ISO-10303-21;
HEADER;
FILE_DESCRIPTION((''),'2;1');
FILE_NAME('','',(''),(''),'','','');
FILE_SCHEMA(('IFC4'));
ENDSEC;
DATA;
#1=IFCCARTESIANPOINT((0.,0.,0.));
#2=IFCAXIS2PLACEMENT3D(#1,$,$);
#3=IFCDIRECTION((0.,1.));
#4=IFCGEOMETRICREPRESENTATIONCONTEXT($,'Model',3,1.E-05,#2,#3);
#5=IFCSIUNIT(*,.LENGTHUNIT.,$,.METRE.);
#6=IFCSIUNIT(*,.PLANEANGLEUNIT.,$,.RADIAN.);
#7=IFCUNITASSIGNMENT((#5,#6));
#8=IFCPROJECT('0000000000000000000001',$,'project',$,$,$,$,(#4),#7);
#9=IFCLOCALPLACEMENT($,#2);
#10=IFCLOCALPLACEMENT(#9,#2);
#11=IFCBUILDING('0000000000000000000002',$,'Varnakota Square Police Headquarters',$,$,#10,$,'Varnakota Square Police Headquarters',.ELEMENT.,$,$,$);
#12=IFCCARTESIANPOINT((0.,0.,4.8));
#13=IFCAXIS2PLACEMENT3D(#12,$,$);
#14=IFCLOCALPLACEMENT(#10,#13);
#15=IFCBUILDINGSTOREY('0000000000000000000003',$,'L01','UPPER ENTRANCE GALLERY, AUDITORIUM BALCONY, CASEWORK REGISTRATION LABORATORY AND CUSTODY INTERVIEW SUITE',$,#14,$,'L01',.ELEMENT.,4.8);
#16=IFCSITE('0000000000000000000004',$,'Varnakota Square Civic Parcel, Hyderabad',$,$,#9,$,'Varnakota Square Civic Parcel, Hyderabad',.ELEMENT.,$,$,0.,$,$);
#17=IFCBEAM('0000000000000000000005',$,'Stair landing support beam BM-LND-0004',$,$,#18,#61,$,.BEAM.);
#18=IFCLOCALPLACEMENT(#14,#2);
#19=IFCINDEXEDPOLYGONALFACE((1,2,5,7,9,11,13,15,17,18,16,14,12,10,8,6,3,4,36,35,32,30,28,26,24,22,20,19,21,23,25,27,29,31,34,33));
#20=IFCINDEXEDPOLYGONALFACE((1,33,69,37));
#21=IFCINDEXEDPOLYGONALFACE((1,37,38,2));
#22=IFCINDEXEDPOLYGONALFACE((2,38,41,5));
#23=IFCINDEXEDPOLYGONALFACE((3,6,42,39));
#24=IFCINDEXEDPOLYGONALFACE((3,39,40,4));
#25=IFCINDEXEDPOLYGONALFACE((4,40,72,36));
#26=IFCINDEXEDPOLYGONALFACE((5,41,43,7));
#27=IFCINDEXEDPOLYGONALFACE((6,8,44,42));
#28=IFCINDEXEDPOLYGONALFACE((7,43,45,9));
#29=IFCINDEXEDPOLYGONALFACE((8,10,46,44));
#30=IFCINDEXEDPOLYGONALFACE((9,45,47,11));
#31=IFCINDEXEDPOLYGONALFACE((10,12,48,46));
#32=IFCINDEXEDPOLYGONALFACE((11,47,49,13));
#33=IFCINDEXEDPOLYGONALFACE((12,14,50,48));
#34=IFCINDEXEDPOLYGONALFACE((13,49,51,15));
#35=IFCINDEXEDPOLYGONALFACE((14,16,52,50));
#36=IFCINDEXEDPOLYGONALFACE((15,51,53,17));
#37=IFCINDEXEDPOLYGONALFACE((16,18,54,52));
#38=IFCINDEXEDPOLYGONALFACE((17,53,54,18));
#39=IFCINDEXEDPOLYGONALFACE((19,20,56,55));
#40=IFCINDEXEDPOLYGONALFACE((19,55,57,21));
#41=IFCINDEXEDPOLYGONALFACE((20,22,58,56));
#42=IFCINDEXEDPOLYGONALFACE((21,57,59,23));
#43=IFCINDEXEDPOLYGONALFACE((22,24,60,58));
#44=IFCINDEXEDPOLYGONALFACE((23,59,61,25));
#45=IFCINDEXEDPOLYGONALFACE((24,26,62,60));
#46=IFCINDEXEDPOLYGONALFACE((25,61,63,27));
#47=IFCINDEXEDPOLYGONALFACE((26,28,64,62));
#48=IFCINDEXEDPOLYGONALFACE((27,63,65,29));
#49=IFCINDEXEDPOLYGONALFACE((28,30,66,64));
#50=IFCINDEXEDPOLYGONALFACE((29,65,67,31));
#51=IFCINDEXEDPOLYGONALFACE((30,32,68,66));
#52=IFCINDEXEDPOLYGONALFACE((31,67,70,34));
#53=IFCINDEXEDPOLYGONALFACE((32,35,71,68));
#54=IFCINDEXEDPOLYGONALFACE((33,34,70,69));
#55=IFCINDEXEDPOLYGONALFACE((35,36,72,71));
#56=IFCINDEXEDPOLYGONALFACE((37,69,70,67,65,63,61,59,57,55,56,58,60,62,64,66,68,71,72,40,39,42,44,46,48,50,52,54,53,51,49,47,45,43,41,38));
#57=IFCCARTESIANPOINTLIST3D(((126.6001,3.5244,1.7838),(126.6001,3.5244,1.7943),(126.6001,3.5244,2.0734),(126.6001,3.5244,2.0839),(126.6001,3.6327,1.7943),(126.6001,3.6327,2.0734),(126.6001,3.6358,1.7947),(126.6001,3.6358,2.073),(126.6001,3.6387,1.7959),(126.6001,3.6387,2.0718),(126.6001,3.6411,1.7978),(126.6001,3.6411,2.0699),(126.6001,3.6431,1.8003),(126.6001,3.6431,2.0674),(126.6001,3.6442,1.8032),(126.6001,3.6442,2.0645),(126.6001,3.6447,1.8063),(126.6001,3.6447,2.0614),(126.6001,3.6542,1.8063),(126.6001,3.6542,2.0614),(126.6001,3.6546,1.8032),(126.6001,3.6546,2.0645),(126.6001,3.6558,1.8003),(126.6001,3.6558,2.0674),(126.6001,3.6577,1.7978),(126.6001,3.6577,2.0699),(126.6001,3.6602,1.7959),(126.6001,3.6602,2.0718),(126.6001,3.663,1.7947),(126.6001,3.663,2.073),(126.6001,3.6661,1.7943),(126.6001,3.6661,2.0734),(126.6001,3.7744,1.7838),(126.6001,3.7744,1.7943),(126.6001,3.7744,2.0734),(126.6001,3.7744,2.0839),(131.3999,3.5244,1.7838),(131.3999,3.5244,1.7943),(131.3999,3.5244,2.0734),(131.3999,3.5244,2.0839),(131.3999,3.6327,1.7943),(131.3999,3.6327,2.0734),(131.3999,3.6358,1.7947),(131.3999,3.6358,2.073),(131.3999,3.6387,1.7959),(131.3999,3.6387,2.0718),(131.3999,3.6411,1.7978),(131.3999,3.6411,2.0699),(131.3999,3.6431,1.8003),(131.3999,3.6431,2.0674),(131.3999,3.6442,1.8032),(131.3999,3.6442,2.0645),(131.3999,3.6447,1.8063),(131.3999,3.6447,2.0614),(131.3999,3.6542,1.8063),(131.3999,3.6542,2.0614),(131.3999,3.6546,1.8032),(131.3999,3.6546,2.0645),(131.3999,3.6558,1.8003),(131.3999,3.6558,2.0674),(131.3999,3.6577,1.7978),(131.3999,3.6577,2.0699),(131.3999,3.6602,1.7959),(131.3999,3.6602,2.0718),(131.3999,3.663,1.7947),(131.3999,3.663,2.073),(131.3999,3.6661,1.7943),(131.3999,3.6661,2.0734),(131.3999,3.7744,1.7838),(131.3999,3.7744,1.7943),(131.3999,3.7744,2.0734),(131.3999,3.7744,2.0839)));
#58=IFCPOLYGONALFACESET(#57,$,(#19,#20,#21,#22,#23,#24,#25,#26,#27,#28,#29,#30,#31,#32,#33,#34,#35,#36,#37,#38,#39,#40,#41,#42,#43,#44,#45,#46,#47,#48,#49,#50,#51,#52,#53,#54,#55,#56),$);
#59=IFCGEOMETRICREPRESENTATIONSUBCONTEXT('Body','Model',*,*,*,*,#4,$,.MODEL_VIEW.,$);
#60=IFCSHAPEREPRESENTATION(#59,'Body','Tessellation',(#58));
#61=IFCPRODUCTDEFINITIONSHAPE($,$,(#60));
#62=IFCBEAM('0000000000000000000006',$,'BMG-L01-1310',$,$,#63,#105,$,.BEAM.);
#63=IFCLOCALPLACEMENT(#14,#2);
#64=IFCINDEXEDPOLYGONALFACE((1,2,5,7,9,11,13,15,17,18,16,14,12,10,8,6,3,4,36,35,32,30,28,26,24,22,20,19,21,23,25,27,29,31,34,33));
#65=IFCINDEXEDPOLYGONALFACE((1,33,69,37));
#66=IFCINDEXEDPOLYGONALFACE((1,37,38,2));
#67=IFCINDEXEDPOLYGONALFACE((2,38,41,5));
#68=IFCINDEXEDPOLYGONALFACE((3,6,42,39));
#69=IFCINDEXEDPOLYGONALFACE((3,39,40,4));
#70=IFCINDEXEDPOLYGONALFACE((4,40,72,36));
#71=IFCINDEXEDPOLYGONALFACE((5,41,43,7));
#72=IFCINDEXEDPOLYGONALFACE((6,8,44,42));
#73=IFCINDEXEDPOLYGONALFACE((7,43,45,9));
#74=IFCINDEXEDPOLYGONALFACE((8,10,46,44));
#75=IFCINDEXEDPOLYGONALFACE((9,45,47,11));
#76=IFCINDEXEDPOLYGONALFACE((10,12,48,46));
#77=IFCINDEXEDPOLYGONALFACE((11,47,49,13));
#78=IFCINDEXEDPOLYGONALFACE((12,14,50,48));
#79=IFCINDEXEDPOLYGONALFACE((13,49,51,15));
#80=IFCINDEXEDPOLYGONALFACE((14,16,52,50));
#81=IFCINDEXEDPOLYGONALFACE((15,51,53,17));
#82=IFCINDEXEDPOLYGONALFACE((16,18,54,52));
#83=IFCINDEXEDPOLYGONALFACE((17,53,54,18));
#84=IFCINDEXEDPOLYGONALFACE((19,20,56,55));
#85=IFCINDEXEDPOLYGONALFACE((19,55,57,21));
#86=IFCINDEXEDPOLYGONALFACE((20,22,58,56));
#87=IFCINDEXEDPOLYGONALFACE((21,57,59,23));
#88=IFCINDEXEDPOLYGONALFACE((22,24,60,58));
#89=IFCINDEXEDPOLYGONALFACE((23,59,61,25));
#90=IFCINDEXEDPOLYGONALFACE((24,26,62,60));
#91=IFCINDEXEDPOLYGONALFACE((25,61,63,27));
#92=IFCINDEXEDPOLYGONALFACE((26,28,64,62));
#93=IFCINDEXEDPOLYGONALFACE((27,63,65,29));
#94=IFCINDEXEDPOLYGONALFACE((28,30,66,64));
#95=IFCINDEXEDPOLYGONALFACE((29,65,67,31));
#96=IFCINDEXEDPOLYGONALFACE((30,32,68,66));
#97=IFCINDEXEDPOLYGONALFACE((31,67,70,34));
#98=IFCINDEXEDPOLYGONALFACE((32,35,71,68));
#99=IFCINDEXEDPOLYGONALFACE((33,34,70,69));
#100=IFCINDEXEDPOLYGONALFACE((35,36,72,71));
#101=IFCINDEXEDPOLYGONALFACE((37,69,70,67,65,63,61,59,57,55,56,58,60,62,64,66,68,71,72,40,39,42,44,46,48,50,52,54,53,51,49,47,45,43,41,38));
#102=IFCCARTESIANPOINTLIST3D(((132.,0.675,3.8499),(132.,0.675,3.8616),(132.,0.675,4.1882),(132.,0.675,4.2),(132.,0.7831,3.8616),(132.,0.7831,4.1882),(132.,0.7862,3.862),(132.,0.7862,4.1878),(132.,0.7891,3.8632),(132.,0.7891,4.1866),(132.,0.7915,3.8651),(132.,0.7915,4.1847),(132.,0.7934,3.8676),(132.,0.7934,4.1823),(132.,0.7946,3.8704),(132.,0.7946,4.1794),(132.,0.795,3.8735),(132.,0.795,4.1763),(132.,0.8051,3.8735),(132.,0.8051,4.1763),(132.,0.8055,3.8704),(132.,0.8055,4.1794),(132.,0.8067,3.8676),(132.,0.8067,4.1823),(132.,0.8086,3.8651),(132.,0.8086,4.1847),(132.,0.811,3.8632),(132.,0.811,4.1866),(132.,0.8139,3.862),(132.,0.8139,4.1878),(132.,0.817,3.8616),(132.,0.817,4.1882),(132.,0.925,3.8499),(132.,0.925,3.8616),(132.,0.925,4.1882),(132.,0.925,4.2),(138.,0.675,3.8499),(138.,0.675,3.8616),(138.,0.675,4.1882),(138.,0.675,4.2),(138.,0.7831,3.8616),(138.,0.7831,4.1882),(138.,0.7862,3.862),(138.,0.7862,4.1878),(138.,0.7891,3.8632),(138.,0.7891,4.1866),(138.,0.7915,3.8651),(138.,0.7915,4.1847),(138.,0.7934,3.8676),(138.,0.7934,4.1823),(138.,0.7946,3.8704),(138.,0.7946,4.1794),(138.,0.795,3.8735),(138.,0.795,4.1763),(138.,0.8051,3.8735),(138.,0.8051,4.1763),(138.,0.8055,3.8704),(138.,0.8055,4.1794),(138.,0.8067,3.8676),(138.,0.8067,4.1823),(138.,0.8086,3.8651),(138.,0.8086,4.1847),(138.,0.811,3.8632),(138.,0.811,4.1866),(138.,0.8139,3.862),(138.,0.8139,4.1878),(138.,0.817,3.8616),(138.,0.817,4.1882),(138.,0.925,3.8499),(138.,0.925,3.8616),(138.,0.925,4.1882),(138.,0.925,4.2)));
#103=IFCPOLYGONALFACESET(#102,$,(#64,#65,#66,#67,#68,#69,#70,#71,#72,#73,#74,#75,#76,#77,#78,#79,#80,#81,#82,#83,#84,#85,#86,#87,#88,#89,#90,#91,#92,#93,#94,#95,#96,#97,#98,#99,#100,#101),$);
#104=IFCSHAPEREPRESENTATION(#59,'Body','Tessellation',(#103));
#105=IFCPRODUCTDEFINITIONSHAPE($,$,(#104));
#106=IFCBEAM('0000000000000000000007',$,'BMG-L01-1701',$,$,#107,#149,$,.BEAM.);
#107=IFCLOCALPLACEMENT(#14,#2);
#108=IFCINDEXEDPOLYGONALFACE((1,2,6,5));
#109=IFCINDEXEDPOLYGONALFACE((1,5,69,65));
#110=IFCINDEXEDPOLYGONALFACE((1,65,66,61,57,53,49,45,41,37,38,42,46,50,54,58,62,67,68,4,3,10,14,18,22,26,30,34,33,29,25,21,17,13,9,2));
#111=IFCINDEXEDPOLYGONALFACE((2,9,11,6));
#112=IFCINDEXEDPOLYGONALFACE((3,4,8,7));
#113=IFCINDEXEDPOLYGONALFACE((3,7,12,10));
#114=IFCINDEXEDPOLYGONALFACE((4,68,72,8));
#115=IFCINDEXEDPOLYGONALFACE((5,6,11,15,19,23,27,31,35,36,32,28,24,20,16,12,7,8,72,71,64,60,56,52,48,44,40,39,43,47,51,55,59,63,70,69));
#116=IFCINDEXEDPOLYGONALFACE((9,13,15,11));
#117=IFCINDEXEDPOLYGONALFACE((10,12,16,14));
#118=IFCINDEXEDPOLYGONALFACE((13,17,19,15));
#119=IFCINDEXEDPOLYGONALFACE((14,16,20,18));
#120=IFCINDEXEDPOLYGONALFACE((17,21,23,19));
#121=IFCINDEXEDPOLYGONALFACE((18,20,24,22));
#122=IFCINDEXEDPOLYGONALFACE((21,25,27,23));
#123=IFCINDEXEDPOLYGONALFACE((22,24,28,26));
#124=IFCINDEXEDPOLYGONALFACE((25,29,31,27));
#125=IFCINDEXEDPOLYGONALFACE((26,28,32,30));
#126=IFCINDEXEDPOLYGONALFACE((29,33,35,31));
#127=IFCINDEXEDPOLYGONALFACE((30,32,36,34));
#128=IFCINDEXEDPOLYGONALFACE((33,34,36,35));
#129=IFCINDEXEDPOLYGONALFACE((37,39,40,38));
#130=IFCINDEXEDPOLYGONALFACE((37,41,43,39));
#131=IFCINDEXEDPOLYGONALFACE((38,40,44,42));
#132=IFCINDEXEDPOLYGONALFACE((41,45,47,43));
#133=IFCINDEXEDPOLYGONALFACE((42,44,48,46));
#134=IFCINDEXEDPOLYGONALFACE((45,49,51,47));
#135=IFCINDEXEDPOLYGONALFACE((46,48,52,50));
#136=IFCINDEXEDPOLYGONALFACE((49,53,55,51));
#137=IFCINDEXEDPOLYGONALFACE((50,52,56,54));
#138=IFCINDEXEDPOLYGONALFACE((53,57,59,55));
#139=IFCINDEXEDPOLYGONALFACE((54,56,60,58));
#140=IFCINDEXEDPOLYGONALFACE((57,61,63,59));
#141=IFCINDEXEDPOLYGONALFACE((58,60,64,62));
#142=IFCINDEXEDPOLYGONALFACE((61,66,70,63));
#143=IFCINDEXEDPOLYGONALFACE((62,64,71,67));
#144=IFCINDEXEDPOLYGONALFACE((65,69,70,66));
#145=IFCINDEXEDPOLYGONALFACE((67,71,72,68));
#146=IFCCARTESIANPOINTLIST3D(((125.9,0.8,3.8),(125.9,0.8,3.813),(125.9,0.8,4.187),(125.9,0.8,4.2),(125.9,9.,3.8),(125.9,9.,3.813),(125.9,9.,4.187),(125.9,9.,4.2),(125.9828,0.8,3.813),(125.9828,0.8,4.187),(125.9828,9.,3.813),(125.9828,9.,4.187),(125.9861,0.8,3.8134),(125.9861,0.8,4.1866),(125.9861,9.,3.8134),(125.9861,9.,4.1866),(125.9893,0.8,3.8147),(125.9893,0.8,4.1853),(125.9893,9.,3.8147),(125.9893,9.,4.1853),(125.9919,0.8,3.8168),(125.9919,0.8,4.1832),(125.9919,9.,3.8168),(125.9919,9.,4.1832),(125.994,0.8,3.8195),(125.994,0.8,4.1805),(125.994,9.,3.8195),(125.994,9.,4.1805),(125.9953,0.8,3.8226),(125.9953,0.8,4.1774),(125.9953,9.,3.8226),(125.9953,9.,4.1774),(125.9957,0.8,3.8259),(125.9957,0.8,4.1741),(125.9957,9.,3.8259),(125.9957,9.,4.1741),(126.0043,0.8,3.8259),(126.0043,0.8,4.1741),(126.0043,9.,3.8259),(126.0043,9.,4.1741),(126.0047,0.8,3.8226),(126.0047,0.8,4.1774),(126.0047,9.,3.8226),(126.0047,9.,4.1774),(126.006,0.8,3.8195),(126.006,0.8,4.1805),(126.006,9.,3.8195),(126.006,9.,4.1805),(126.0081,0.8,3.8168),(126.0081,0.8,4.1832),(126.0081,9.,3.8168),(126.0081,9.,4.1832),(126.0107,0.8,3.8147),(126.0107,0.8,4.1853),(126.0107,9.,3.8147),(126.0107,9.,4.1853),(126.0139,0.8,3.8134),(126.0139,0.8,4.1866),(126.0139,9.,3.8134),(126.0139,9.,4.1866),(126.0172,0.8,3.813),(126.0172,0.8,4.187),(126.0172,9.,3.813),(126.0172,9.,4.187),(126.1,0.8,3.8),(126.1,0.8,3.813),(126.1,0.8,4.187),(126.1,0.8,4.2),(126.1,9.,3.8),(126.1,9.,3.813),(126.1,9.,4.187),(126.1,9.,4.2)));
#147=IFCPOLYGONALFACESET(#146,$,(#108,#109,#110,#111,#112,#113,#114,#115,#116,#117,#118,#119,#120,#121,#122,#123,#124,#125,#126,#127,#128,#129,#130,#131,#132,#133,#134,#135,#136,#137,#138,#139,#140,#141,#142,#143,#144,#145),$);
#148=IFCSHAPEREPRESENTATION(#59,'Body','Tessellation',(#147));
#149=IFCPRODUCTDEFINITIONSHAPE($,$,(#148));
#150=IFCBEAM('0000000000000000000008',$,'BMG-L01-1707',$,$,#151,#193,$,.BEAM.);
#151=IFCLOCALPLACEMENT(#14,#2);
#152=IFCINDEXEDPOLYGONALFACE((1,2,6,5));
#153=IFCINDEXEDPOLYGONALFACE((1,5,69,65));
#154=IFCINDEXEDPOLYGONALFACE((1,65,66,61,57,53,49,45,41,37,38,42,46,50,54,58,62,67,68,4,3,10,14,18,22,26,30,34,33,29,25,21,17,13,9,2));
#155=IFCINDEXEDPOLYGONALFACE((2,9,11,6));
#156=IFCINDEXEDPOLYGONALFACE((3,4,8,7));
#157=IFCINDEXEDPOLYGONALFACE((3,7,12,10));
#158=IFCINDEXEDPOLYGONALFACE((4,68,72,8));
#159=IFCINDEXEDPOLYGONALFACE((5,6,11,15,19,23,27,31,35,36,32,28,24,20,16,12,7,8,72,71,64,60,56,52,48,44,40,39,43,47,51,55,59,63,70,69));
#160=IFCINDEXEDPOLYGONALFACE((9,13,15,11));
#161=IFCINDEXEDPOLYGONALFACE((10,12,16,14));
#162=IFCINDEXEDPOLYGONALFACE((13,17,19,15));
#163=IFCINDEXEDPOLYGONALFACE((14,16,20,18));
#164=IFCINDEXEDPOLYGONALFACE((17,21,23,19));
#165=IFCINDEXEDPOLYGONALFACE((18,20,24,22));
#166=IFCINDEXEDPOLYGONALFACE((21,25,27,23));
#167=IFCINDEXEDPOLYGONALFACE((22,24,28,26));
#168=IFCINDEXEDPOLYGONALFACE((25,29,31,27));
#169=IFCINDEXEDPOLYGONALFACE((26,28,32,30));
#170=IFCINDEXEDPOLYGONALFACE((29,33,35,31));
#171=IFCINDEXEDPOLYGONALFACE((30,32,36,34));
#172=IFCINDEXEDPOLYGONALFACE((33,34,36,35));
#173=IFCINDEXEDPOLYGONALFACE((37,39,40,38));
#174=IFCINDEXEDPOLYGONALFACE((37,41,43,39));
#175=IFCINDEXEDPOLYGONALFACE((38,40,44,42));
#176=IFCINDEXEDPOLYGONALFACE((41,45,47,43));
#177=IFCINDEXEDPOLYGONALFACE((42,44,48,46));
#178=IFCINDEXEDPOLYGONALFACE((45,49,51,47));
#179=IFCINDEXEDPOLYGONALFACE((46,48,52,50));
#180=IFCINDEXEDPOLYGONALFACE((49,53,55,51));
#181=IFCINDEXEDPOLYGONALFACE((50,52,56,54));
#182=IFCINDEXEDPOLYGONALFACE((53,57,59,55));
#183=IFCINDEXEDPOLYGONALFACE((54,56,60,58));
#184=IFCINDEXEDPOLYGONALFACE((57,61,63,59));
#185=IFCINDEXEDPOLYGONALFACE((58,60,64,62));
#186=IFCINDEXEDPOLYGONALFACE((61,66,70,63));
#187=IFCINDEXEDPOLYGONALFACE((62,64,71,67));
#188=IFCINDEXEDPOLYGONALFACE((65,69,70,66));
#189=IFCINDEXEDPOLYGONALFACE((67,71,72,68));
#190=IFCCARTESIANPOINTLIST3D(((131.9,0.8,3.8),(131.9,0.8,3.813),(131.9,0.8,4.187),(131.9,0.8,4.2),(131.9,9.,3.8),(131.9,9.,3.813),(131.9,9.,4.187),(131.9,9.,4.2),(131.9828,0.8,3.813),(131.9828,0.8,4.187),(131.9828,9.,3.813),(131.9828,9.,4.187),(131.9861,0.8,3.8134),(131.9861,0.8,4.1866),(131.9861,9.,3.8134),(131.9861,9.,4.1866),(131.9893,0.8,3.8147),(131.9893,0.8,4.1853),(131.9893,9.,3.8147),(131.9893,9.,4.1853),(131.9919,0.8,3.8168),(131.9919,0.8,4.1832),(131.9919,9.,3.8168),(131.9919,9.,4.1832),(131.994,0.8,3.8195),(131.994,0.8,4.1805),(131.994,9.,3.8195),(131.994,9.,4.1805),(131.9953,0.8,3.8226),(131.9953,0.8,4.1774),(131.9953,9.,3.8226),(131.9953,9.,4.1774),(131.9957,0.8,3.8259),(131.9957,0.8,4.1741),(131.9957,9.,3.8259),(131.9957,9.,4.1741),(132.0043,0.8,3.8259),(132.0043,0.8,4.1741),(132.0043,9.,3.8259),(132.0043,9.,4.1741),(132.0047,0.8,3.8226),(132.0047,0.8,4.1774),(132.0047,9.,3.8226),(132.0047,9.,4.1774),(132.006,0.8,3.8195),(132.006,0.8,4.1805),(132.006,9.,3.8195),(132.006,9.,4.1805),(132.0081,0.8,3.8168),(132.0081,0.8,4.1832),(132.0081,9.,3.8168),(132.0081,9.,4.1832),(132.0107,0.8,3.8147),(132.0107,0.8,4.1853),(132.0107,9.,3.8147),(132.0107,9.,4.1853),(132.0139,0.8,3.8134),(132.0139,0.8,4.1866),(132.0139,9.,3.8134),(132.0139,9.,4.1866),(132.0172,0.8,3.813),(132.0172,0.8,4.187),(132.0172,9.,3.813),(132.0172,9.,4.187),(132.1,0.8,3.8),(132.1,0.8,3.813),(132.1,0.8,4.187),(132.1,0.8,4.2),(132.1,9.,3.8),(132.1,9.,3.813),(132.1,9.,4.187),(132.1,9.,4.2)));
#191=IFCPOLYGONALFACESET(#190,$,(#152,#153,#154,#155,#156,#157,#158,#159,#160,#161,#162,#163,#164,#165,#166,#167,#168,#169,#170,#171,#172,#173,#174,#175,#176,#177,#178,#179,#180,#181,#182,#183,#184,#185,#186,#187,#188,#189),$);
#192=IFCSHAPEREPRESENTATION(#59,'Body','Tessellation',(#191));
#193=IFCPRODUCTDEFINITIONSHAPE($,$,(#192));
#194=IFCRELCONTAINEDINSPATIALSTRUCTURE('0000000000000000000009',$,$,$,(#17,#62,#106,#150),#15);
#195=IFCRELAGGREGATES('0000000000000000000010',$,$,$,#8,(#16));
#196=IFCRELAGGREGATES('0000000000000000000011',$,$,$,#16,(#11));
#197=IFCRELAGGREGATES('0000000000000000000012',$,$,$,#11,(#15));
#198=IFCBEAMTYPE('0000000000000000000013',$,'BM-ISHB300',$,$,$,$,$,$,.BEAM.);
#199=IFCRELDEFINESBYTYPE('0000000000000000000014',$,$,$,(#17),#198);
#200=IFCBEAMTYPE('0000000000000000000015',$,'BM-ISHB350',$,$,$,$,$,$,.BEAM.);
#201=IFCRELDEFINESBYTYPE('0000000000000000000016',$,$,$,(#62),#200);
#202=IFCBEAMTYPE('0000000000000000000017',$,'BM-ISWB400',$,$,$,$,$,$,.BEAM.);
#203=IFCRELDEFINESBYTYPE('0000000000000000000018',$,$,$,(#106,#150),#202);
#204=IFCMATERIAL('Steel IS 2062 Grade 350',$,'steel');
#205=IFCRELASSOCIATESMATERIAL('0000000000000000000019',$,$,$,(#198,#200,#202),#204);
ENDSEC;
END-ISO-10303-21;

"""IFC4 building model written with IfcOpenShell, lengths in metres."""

from ifc_helpers import new_model, si_unit, direction, frame, origin, origin_2d, place, context, subcontext, project, spatial, i_section, extrude, material, material_profile, profile_set, type_object, element, save


model = new_model("IFC4")

# Units and contexts
model_context = context("Model", 3, precision=1e-05, world=origin(), true_north=direction((0.0, 1.0)))
body_context = subcontext(model_context, "Body", "Model", "MODEL_VIEW")
ifc_project = project(units=[si_unit("LENGTHUNIT", "METRE"), si_unit("PLANEANGLEUNIT", "RADIAN")], contexts=[model_context])

# Site, building, storey
site_placement = place(None, origin())
site = spatial("IfcSite", under=ifc_project, at=site_placement, Name="Varnakota Square Civic Parcel, Hyderabad", LongName="Varnakota Square Civic Parcel, Hyderabad", CompositionType="ELEMENT", RefElevation=0.0)
building_placement = place(site_placement, origin())
building = spatial("IfcBuilding", under=site, at=building_placement, Name="Varnakota Square Police Headquarters", LongName="Varnakota Square Police Headquarters", CompositionType="ELEMENT")
storey_placement = place(building_placement, frame((0.0, 0.0, 4.8)))
storey = spatial("IfcBuildingStorey", under=building, at=storey_placement, Name="L01", Description="UPPER ENTRANCE GALLERY, AUDITORIUM BALCONY, CASEWORK REGISTRATION LABORATORY AND CUSTODY INTERVIEW SUITE", LongName="L01", CompositionType="ELEMENT", Elevation=4.8)

# Shared definitions
ifc_material_1 = material(Name="Steel IS 2062 Grade 350", Category="steel")

# Beams
ifc_material_profile_1 = material_profile(ifc_material_1, i_section(OverallWidth=0.25, OverallDepth=0.3, WebThickness=0.0095, FlangeThickness=0.0105, FilletRadius=0.012, at=origin_2d()), Name="ISHB 300")
ifc_profile_set_1 = profile_set([ifc_material_profile_1], Name="Steel IS 2062 Grade 350")
beam_type_1 = type_object("IfcBeamType", Name="BM-ISHB300", PredefinedType="BEAM", material=ifc_profile_set_1)
beam_1_placement = place(storey_placement, frame((126.6001, 3.6494, 1.9338), z_axis=(1.0, 0.0, 0.0), x_axis=(0.0, 1.0, 0.0)))
element("IfcBeam", 1, at=beam_1_placement, inside=storey, type_object=beam_type_1, Name="Stair landing support beam BM-LND-0004", PredefinedType="BEAM", context=body_context, shape_type="SweptSolid", body=[
    extrude(i_section(OverallWidth=0.25, OverallDepth=0.3, WebThickness=0.0095, FlangeThickness=0.0105, FilletRadius=0.012, at=origin_2d()), origin(), (0.0, 0.0, 1.0), 4.7998),
])
ifc_material_profile_2 = material_profile(ifc_material_1, i_section(OverallWidth=0.25, OverallDepth=0.3501, WebThickness=0.01, FlangeThickness=0.0117, FilletRadius=0.012, at=origin_2d()), Name="ISHB 350")
ifc_profile_set_2 = profile_set([ifc_material_profile_2], Name="Steel IS 2062 Grade 350")
beam_type_2 = type_object("IfcBeamType", Name="BM-ISHB350", PredefinedType="BEAM", material=ifc_profile_set_2)
beam_2_placement = place(storey_placement, frame((132.0, 0.8, 4.0249), z_axis=(1.0, 0.0, 0.0), x_axis=(0.0, 1.0, 0.0)))
element("IfcBeam", 2, at=beam_2_placement, inside=storey, type_object=beam_type_2, Name="BMG-L01-1310", PredefinedType="BEAM", context=body_context, shape_type="SweptSolid", body=[
    extrude(i_section(OverallWidth=0.25, OverallDepth=0.3501, WebThickness=0.01, FlangeThickness=0.0117, FilletRadius=0.012, at=origin_2d()), origin(), (0.0, 0.0, 1.0), 6.0),
])
ifc_material_profile_3 = material_profile(ifc_material_1, i_section(OverallWidth=0.2, OverallDepth=0.3999, WebThickness=0.0085, FlangeThickness=0.0129, FilletRadius=0.0129, at=origin_2d()), Name="ISWB 400")
ifc_profile_set_3 = profile_set([ifc_material_profile_3], Name="Steel IS 2062 Grade 350")
beam_type_3 = type_object("IfcBeamType", Name="BM-ISWB400", PredefinedType="BEAM", material=ifc_profile_set_3)
for number, where, z_axis, x_axis, name in (
    (3, (126.0, 0.8, 4.0), (0.0, 1.0, 0.0), (-1.0, 0.0, 0.0), "BMG-L01-1701"),
    (4, (132.0, 0.8, 4.0), (0.0, 1.0, 0.0), (-1.0, 0.0, 0.0), "BMG-L01-1707"),
):
    element("IfcBeam", number, at=place(storey_placement, frame(where, z_axis=z_axis, x_axis=x_axis)), inside=storey, type_object=beam_type_3, Name=name, PredefinedType="BEAM", context=body_context, shape_type="SweptSolid", body=[
        extrude(i_section(OverallWidth=0.2, OverallDepth=0.3999, WebThickness=0.0085, FlangeThickness=0.0129, FilletRadius=0.0129, at=origin_2d()), origin(), (0.0, 0.0, 1.0), 8.2),
    ])

save(model, "model.ifc")
